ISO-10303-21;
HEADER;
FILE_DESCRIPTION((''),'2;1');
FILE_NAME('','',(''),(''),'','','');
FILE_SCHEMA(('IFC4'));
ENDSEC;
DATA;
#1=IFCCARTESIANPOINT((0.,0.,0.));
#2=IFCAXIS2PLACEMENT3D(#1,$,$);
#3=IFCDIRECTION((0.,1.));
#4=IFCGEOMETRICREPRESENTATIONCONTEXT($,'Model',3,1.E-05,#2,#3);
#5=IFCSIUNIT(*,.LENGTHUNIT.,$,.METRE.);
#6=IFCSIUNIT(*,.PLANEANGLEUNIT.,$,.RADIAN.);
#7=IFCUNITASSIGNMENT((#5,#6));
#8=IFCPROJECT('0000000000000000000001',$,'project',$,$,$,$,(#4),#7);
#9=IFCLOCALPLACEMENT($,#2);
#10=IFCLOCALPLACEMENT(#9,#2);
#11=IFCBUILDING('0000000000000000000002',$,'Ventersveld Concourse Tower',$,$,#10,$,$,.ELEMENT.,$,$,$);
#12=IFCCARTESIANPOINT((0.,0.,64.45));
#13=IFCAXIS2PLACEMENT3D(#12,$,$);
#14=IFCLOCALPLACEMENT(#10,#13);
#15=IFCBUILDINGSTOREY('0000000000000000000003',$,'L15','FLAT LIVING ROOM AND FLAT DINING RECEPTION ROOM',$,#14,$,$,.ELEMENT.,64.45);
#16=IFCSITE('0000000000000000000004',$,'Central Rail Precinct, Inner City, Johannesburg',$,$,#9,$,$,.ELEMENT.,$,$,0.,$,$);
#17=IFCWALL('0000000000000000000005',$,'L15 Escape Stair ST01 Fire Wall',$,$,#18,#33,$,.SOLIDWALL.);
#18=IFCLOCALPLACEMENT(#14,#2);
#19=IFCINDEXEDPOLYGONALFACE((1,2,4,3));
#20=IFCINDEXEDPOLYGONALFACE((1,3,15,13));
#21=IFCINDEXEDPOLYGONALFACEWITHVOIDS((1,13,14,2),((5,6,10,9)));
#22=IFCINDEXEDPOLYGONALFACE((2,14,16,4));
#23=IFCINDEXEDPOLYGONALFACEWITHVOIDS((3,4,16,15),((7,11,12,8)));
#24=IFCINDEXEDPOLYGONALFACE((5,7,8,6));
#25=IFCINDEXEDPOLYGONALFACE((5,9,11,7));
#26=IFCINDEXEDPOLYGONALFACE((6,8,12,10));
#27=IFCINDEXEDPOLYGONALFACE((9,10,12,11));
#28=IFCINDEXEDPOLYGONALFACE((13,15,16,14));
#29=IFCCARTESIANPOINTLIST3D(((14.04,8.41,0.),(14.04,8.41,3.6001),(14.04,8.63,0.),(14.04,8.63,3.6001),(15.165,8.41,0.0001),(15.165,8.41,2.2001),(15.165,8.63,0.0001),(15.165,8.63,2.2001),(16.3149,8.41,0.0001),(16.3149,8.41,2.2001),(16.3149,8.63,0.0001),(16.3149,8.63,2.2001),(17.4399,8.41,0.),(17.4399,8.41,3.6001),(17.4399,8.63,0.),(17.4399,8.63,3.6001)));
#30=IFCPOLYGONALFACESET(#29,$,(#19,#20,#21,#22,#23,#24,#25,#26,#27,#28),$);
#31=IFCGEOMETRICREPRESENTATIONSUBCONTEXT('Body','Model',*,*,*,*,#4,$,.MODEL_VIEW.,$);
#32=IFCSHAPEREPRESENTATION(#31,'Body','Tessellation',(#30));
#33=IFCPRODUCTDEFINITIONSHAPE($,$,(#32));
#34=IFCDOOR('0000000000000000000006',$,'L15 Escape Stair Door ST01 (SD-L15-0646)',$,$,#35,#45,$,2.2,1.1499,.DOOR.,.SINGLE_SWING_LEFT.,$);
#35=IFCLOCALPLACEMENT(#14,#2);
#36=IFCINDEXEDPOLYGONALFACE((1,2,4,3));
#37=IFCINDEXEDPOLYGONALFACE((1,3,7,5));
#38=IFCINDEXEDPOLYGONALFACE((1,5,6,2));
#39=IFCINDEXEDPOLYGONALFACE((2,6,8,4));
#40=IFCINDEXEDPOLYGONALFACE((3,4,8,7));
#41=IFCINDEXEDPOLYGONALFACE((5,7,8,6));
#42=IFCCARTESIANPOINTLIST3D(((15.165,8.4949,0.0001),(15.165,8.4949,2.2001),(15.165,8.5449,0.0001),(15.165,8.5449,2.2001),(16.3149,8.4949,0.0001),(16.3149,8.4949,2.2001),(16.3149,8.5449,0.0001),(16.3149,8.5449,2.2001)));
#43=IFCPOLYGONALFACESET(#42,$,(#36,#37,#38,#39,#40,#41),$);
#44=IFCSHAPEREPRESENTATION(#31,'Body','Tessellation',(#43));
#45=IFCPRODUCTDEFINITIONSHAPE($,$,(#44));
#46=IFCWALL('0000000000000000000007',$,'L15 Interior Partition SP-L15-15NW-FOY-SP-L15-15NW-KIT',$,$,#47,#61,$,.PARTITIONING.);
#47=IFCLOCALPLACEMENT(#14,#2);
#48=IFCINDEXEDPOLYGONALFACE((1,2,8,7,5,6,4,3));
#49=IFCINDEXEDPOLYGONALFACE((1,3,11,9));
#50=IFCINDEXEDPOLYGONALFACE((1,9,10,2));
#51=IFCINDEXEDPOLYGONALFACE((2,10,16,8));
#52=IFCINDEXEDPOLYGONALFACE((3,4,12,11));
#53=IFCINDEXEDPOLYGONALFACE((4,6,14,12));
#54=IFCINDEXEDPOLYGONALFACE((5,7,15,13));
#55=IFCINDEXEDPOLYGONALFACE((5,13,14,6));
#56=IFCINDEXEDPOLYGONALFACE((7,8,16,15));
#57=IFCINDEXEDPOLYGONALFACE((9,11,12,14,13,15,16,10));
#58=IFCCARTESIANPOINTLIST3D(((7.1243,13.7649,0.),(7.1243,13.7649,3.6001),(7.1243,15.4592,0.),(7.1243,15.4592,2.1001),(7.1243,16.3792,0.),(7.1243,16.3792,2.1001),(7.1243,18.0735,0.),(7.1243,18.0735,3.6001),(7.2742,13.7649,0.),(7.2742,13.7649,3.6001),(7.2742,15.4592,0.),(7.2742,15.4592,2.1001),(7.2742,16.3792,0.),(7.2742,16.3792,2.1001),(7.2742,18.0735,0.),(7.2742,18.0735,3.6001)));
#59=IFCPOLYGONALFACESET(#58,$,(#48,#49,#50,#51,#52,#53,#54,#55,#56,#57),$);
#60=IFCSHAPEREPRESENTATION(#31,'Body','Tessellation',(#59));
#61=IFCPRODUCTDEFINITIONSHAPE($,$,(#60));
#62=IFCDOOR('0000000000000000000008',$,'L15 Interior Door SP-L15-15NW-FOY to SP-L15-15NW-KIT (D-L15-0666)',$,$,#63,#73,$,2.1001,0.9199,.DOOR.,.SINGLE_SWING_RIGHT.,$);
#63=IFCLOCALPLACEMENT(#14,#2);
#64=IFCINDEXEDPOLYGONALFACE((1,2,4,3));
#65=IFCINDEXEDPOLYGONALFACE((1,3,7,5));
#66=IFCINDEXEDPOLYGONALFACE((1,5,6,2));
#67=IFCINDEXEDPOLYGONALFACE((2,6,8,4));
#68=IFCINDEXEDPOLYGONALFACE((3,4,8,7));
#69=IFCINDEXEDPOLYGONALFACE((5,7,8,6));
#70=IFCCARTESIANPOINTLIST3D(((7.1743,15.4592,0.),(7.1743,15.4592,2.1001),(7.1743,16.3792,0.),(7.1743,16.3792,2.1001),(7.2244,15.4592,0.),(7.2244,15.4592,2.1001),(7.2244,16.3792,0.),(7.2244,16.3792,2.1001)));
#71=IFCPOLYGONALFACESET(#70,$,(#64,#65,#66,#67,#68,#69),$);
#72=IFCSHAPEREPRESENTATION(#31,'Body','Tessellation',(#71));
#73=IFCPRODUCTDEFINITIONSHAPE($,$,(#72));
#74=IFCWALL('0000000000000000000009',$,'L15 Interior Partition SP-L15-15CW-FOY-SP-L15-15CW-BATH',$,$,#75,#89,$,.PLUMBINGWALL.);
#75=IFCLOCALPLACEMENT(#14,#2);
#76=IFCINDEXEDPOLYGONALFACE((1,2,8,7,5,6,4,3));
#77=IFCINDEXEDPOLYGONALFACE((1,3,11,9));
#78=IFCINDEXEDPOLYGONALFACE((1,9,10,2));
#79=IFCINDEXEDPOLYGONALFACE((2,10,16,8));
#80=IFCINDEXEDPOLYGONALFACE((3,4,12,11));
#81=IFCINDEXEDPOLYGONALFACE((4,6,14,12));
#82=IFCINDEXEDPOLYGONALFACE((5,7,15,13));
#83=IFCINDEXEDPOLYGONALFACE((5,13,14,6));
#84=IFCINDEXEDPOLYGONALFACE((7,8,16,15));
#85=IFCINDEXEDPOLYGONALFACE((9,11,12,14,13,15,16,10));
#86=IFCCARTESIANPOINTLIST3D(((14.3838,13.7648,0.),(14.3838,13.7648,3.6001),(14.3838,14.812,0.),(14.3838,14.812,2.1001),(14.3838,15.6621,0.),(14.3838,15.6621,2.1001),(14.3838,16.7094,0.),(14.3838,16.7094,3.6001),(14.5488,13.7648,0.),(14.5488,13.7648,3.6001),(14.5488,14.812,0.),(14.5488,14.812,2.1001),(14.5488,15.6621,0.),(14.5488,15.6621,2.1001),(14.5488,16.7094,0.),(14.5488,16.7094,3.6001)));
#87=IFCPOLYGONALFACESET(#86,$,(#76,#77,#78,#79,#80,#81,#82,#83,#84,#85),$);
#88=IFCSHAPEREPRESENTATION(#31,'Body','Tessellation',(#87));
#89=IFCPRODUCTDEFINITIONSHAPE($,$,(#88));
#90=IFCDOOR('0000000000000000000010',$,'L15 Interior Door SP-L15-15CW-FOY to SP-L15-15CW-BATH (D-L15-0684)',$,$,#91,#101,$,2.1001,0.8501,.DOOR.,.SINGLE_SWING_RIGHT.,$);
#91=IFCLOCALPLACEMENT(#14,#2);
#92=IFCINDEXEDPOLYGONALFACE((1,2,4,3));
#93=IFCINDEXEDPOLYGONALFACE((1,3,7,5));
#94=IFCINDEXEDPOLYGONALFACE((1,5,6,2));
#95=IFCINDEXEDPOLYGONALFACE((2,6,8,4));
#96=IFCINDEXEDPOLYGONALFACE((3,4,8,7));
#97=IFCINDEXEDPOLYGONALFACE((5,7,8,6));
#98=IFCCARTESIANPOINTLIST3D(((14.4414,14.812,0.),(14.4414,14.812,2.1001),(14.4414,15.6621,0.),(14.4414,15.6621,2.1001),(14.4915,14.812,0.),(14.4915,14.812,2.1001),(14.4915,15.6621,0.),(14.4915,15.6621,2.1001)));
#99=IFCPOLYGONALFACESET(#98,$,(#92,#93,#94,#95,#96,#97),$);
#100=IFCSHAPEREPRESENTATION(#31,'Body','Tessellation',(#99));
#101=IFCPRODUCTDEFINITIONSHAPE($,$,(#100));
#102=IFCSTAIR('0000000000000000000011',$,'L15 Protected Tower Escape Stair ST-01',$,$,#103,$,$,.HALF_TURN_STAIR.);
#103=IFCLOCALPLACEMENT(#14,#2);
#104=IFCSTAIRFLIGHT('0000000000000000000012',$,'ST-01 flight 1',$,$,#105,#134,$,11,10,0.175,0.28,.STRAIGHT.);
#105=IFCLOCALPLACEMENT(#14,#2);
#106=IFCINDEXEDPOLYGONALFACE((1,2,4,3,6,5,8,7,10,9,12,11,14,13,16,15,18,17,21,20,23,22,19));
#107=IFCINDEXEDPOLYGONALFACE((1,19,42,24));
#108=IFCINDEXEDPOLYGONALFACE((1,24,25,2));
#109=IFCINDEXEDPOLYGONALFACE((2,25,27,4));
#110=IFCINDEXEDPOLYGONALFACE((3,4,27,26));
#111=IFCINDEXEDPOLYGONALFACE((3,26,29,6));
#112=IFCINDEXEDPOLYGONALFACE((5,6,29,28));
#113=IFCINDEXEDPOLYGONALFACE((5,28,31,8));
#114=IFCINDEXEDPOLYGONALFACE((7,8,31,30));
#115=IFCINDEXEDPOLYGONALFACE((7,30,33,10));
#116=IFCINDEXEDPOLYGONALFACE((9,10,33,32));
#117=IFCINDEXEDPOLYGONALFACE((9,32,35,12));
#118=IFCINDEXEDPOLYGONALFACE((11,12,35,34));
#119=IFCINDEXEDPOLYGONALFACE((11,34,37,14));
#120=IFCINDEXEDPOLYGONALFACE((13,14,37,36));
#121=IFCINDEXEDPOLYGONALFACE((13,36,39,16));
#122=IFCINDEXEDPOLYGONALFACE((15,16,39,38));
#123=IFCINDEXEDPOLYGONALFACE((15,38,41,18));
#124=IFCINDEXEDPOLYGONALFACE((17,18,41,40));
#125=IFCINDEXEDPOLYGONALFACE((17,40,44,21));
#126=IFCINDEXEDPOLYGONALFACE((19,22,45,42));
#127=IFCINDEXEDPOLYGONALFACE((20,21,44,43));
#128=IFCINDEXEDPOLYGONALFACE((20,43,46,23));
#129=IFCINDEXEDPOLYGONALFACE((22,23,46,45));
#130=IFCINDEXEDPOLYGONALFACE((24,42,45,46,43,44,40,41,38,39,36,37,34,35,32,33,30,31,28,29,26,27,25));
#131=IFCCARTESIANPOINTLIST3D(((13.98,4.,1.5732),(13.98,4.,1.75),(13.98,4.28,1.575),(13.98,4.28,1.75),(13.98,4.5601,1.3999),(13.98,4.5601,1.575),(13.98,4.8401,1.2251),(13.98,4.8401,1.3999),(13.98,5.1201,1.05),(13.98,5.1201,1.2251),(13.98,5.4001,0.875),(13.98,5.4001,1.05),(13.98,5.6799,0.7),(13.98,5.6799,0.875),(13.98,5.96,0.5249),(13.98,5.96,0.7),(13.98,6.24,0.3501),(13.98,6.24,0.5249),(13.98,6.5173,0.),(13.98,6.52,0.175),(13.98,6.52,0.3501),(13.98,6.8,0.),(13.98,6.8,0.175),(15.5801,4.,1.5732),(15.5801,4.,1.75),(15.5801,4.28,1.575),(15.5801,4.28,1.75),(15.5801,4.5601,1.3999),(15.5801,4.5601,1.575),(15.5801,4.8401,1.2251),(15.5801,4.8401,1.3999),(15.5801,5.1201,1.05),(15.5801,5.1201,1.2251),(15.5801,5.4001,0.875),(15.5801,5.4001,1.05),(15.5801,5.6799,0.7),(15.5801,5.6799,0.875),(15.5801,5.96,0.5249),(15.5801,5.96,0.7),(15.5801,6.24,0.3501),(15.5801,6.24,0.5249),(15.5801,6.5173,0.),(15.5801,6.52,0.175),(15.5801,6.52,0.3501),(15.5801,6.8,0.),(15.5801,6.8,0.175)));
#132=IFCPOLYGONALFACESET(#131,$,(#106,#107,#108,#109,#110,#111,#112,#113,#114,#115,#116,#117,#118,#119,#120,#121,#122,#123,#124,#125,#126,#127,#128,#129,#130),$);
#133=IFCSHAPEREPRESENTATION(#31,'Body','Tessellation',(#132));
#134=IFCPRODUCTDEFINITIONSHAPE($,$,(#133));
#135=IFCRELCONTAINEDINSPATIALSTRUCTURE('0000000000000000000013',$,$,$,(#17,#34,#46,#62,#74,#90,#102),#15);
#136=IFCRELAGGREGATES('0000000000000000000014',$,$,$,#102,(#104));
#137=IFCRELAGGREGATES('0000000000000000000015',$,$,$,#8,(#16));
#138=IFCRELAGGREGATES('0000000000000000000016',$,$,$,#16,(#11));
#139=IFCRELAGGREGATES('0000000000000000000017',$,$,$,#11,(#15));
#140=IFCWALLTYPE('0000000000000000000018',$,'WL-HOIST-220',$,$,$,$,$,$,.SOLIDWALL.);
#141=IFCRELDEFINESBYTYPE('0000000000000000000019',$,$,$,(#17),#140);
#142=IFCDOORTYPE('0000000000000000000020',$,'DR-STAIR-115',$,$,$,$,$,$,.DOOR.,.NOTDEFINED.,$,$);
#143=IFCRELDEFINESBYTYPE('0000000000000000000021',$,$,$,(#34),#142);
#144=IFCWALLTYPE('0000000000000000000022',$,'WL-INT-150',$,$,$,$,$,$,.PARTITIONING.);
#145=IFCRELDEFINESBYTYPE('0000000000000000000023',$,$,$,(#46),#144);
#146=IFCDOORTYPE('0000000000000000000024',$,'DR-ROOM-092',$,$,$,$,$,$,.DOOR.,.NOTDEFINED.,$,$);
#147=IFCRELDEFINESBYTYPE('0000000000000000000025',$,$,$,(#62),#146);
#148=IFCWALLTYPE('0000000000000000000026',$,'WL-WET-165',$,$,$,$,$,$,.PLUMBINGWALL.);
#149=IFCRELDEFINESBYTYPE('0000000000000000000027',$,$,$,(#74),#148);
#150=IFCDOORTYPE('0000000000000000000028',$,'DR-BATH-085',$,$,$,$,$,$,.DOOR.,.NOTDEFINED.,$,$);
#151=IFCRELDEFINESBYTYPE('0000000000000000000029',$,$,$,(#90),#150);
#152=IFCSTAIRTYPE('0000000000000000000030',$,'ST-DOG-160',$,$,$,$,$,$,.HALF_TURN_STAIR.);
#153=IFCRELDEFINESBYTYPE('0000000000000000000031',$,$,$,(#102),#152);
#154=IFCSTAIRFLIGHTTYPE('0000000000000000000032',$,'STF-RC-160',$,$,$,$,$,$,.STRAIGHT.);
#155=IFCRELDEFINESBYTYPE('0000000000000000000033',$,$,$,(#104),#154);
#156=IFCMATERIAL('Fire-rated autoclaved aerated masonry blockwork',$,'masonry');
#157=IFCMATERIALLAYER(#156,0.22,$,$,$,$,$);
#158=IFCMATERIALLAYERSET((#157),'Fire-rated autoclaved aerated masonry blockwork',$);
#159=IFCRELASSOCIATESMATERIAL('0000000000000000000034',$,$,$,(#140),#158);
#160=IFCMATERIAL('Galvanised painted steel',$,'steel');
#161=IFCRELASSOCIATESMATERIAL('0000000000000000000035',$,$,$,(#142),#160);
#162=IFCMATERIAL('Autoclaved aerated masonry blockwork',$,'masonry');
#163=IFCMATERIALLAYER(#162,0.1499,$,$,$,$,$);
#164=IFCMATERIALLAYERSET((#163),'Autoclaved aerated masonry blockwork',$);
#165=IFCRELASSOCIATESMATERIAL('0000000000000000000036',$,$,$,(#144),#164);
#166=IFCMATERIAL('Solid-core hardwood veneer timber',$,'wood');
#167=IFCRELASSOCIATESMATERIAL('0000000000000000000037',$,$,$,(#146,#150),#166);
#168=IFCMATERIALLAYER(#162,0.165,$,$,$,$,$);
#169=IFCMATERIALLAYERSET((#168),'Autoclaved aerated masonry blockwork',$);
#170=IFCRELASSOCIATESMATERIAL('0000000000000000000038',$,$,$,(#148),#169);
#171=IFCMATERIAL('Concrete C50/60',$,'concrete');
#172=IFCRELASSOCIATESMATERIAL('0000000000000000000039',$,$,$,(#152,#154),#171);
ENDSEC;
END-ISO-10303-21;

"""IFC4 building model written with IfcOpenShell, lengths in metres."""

from ifc_helpers import new_model, si_unit, direction, frame, frame_2d, origin, place, context, subcontext, project, spatial, polyline, rectangle, outline, extrude, material, layer, layer_set, type_object, element, fill, aggregate, save


model = new_model("IFC4")

# Units and contexts
model_context = context("Model", 3, precision=1e-05, world=origin(), true_north=direction((0.0, 1.0)))
body_context = subcontext(model_context, "Body", "Model", "MODEL_VIEW")
ifc_project = project(units=[si_unit("LENGTHUNIT", "METRE"), si_unit("PLANEANGLEUNIT", "RADIAN")], contexts=[model_context])

# Site, building, storey
site_placement = place(None, origin())
site = spatial("IfcSite", under=ifc_project, at=site_placement, Name="Central Rail Precinct, Inner City, Johannesburg", CompositionType="ELEMENT", RefElevation=0.0)
building_placement = place(site_placement, origin())
building = spatial("IfcBuilding", under=site, at=building_placement, Name="Ventersveld Concourse Tower", CompositionType="ELEMENT")
storey_placement = place(building_placement, frame((0.0, 0.0, 64.45)))
storey = spatial("IfcBuildingStorey", under=building, at=storey_placement, Name="L15", Description="FLAT LIVING ROOM AND FLAT DINING RECEPTION ROOM", CompositionType="ELEMENT", Elevation=64.45)

# Shared definitions
ifc_material_1 = material(Name="Concrete C50/60", Category="concrete")

# Shared definitions
ifc_material_2 = material(Name="Fire-rated autoclaved aerated masonry blockwork", Category="masonry")
ifc_material_3 = material(Name="Solid-core hardwood veneer timber", Category="wood")

# Walls, openings, doors
ifc_layer_1 = layer(ifc_material_2, 0.22)
ifc_layer_set_1 = layer_set([ifc_layer_1], Name="Fire-rated autoclaved aerated masonry blockwork")
wall_type_1 = type_object("IfcWallType", Name="WL-HOIST-220", PredefinedType="SOLIDWALL", material=ifc_layer_set_1)
wall_1_placement = place(storey_placement, frame((14.04, 8.52, 0.0), z_axis=(0.0, 0.0, 1.0), x_axis=(1.0, 0.0, 0.0)))
wall_1 = element("IfcWall", 1, at=wall_1_placement, inside=storey, type_object=wall_type_1, Name="L15 Escape Stair ST01 Fire Wall", PredefinedType="SOLIDWALL", context=body_context, shape_type="SweptSolid", body=[
    extrude(rectangle(XDim=3.3999, YDim=0.22, at=frame_2d((1.7, 0.0))), origin(), (0.0, 0.0, 1.0), 3.6001),
])
opening_1_placement = place(wall_1_placement, frame((1.125, 0.0, 0.0)))
opening_1 = element("IfcOpeningElement", 2, at=opening_1_placement, cuts=wall_1, PredefinedType="OPENING", context=body_context, shape_type="SweptSolid", body=[
    extrude(rectangle(XDim=1.1499, YDim=2.2, at=frame_2d((0.575, 1.1001))), frame((0.0, 0.1201, 0.0), z_axis=(0.0, -1.0, 0.0), x_axis=(1.0, 0.0, 0.0)), (0.0, 0.0, 1.0), 0.24),
])
ifc_material_4 = material(Name="Galvanised painted steel", Category="steel")
door_type_1 = type_object("IfcDoorType", Name="DR-STAIR-115", OperationType="NOTDEFINED", PredefinedType="DOOR", material=ifc_material_4)
door_1_placement = place(opening_1_placement, origin())
door_1 = element("IfcDoor", 3, at=door_1_placement, inside=storey, type_object=door_type_1, Name="L15 Escape Stair Door ST01 (SD-L15-0646)", OperationType="SINGLE_SWING_LEFT", OverallHeight=2.2, OverallWidth=1.1499, PredefinedType="DOOR", context=body_context, shape_type="SweptSolid", body=[
    extrude(rectangle(XDim=1.1499, YDim=2.2, at=frame_2d((0.575, 1.1001))), frame((0.0, 0.0249, 0.0), z_axis=(0.0, -1.0, 0.0), x_axis=(1.0, 0.0, 0.0)), (0.0, 0.0, 1.0), 0.05),
])
fill(opening_1, door_1)
ifc_material_5 = material(Name="Autoclaved aerated masonry blockwork", Category="masonry")
ifc_layer_2 = layer(ifc_material_5, 0.1499)
ifc_layer_set_2 = layer_set([ifc_layer_2], Name="Autoclaved aerated masonry blockwork")
wall_type_2 = type_object("IfcWallType", Name="WL-INT-150", PredefinedType="PARTITIONING", material=ifc_layer_set_2)
wall_2_placement = place(storey_placement, frame((7.1992, 13.7649, 0.0), z_axis=(0.0, 0.0, 1.0), x_axis=(0.0, 1.0, 0.0)))
wall_2 = element("IfcWall", 4, at=wall_2_placement, inside=storey, type_object=wall_type_2, Name="L15 Interior Partition SP-L15-15NW-FOY-SP-L15-15NW-KIT", PredefinedType="PARTITIONING", context=body_context, shape_type="SweptSolid", body=[
    extrude(rectangle(XDim=4.3086, YDim=0.1499, at=frame_2d((2.1543, 0.0))), origin(), (0.0, 0.0, 1.0), 3.6001),
])
opening_2_placement = place(wall_2_placement, frame((1.6943, 0.0, 0.0)))
opening_2 = element("IfcOpeningElement", 5, at=opening_2_placement, cuts=wall_2, PredefinedType="OPENING", context=body_context, shape_type="SweptSolid", body=[
    extrude(rectangle(XDim=0.9199, YDim=2.1001, at=frame_2d((0.46, 1.05))), frame((0.0, 0.085, 0.0), z_axis=(0.0, -1.0, 0.0), x_axis=(1.0, 0.0, 0.0)), (0.0, 0.0, 1.0), 0.1699),
])
door_type_2 = type_object("IfcDoorType", Name="DR-ROOM-092", OperationType="NOTDEFINED", PredefinedType="DOOR", material=ifc_material_3)
door_2_placement = place(opening_2_placement, origin())
door_2 = element("IfcDoor", 6, at=door_2_placement, inside=storey, type_object=door_type_2, Name="L15 Interior Door SP-L15-15NW-FOY to SP-L15-15NW-KIT (D-L15-0666)", OperationType="SINGLE_SWING_RIGHT", OverallHeight=2.1001, OverallWidth=0.9199, PredefinedType="DOOR", context=body_context, shape_type="SweptSolid", body=[
    extrude(rectangle(XDim=0.9199, YDim=2.1001, at=frame_2d((0.46, 1.05))), frame((0.0, 0.0249, 0.0), z_axis=(0.0, -1.0, 0.0), x_axis=(1.0, 0.0, 0.0)), (0.0, 0.0, 1.0), 0.05),
])
fill(opening_2, door_2)
ifc_layer_3 = layer(ifc_material_5, 0.165)
ifc_layer_set_3 = layer_set([ifc_layer_3], Name="Autoclaved aerated masonry blockwork")
wall_type_3 = type_object("IfcWallType", Name="WL-WET-165", PredefinedType="PLUMBINGWALL", material=ifc_layer_set_3)
wall_3_placement = place(storey_placement, frame((14.4663, 13.7649, 0.0), z_axis=(0.0, 0.0, 1.0), x_axis=(0.0, 1.0, 0.0)))
wall_3 = element("IfcWall", 7, at=wall_3_placement, inside=storey, type_object=wall_type_3, Name="L15 Interior Partition SP-L15-15CW-FOY-SP-L15-15CW-BATH", PredefinedType="PLUMBINGWALL", context=body_context, shape_type="SweptSolid", body=[
    extrude(rectangle(XDim=2.9446, YDim=0.165, at=frame_2d((1.4722, 0.0))), origin(), (0.0, 0.0, 1.0), 3.6001),
])
opening_3_placement = place(wall_3_placement, frame((1.0471, 0.0, 0.0)))
opening_3 = element("IfcOpeningElement", 8, at=opening_3_placement, cuts=wall_3, PredefinedType="OPENING", context=body_context, shape_type="SweptSolid", body=[
    extrude(rectangle(XDim=0.8501, YDim=2.1001, at=frame_2d((0.425, 1.05))), frame((0.0, 0.0925, 0.0), z_axis=(0.0, -1.0, 0.0), x_axis=(1.0, 0.0, 0.0)), (0.0, 0.0, 1.0), 0.1851),
])
door_type_3 = type_object("IfcDoorType", Name="DR-BATH-085", OperationType="NOTDEFINED", PredefinedType="DOOR", material=ifc_material_3)
door_3_placement = place(opening_3_placement, origin())
door_3 = element("IfcDoor", 9, at=door_3_placement, inside=storey, type_object=door_type_3, Name="L15 Interior Door SP-L15-15CW-FOY to SP-L15-15CW-BATH (D-L15-0684)", OperationType="SINGLE_SWING_RIGHT", OverallHeight=2.1001, OverallWidth=0.8501, PredefinedType="DOOR", context=body_context, shape_type="SweptSolid", body=[
    extrude(rectangle(XDim=0.8501, YDim=2.1001, at=frame_2d((0.425, 1.05))), frame((0.0, 0.0249, 0.0), z_axis=(0.0, -1.0, 0.0), x_axis=(1.0, 0.0, 0.0)), (0.0, 0.0, 1.0), 0.05),
])
fill(opening_3, door_3)

# Stair, stair flight
stair_type = type_object("IfcStairType", Name="ST-DOG-160", PredefinedType="HALF_TURN_STAIR", material=ifc_material_1)
stair_placement = place(storey_placement, origin())
stair = element("IfcStair", 10, at=stair_placement, inside=storey, type_object=stair_type, Name="L15 Protected Tower Escape Stair ST-01", PredefinedType="HALF_TURN_STAIR")
stair_flight_type = type_object("IfcStairFlightType", Name="STF-RC-160", PredefinedType="STRAIGHT", material=ifc_material_1)
stair_flight_placement = place(storey_placement, frame((14.78, 6.8, 0.0), z_axis=(0.0, 0.0, 1.0), x_axis=(0.0, -1.0, 0.0)))
stair_flight = element("IfcStairFlight", 11, at=stair_flight_placement, type_object=stair_flight_type, Name="ST-01 flight 1", NumberOfRisers=11, NumberOfTreads=10, PredefinedType="STRAIGHT", RiserHeight=0.175, TreadLength=0.28, context=body_context, shape_type="SweptSolid", body=[
    extrude(outline(polyline([(0.0, 0.0), (0.0, 0.175), (0.28, 0.175), (0.28, 0.3501), (0.5601, 0.3501), (0.5601, 0.5249), (0.8401, 0.5249), (0.8401, 0.7), (1.1201, 0.7), (1.1201, 0.875), (1.3999, 0.875), (1.3999, 1.05), (1.6799, 1.05), (1.6799, 1.2251), (1.96, 1.2251), (1.96, 1.3999), (2.24, 1.3999), (2.24, 1.575), (2.52, 1.575), (2.52, 1.75), (2.8, 1.75), (2.8, 1.925), (2.8, 1.5732), (0.2827, 0.0), (0.0, 0.0)])), frame((0.0, 0.8, 0.0), z_axis=(0.0, -1.0, 0.0), x_axis=(1.0, 0.0, 0.0)), (0.0, 0.0, 1.0), 1.6001),
])
aggregate(stair, [stair_flight])

save(model, "model.ifc")
